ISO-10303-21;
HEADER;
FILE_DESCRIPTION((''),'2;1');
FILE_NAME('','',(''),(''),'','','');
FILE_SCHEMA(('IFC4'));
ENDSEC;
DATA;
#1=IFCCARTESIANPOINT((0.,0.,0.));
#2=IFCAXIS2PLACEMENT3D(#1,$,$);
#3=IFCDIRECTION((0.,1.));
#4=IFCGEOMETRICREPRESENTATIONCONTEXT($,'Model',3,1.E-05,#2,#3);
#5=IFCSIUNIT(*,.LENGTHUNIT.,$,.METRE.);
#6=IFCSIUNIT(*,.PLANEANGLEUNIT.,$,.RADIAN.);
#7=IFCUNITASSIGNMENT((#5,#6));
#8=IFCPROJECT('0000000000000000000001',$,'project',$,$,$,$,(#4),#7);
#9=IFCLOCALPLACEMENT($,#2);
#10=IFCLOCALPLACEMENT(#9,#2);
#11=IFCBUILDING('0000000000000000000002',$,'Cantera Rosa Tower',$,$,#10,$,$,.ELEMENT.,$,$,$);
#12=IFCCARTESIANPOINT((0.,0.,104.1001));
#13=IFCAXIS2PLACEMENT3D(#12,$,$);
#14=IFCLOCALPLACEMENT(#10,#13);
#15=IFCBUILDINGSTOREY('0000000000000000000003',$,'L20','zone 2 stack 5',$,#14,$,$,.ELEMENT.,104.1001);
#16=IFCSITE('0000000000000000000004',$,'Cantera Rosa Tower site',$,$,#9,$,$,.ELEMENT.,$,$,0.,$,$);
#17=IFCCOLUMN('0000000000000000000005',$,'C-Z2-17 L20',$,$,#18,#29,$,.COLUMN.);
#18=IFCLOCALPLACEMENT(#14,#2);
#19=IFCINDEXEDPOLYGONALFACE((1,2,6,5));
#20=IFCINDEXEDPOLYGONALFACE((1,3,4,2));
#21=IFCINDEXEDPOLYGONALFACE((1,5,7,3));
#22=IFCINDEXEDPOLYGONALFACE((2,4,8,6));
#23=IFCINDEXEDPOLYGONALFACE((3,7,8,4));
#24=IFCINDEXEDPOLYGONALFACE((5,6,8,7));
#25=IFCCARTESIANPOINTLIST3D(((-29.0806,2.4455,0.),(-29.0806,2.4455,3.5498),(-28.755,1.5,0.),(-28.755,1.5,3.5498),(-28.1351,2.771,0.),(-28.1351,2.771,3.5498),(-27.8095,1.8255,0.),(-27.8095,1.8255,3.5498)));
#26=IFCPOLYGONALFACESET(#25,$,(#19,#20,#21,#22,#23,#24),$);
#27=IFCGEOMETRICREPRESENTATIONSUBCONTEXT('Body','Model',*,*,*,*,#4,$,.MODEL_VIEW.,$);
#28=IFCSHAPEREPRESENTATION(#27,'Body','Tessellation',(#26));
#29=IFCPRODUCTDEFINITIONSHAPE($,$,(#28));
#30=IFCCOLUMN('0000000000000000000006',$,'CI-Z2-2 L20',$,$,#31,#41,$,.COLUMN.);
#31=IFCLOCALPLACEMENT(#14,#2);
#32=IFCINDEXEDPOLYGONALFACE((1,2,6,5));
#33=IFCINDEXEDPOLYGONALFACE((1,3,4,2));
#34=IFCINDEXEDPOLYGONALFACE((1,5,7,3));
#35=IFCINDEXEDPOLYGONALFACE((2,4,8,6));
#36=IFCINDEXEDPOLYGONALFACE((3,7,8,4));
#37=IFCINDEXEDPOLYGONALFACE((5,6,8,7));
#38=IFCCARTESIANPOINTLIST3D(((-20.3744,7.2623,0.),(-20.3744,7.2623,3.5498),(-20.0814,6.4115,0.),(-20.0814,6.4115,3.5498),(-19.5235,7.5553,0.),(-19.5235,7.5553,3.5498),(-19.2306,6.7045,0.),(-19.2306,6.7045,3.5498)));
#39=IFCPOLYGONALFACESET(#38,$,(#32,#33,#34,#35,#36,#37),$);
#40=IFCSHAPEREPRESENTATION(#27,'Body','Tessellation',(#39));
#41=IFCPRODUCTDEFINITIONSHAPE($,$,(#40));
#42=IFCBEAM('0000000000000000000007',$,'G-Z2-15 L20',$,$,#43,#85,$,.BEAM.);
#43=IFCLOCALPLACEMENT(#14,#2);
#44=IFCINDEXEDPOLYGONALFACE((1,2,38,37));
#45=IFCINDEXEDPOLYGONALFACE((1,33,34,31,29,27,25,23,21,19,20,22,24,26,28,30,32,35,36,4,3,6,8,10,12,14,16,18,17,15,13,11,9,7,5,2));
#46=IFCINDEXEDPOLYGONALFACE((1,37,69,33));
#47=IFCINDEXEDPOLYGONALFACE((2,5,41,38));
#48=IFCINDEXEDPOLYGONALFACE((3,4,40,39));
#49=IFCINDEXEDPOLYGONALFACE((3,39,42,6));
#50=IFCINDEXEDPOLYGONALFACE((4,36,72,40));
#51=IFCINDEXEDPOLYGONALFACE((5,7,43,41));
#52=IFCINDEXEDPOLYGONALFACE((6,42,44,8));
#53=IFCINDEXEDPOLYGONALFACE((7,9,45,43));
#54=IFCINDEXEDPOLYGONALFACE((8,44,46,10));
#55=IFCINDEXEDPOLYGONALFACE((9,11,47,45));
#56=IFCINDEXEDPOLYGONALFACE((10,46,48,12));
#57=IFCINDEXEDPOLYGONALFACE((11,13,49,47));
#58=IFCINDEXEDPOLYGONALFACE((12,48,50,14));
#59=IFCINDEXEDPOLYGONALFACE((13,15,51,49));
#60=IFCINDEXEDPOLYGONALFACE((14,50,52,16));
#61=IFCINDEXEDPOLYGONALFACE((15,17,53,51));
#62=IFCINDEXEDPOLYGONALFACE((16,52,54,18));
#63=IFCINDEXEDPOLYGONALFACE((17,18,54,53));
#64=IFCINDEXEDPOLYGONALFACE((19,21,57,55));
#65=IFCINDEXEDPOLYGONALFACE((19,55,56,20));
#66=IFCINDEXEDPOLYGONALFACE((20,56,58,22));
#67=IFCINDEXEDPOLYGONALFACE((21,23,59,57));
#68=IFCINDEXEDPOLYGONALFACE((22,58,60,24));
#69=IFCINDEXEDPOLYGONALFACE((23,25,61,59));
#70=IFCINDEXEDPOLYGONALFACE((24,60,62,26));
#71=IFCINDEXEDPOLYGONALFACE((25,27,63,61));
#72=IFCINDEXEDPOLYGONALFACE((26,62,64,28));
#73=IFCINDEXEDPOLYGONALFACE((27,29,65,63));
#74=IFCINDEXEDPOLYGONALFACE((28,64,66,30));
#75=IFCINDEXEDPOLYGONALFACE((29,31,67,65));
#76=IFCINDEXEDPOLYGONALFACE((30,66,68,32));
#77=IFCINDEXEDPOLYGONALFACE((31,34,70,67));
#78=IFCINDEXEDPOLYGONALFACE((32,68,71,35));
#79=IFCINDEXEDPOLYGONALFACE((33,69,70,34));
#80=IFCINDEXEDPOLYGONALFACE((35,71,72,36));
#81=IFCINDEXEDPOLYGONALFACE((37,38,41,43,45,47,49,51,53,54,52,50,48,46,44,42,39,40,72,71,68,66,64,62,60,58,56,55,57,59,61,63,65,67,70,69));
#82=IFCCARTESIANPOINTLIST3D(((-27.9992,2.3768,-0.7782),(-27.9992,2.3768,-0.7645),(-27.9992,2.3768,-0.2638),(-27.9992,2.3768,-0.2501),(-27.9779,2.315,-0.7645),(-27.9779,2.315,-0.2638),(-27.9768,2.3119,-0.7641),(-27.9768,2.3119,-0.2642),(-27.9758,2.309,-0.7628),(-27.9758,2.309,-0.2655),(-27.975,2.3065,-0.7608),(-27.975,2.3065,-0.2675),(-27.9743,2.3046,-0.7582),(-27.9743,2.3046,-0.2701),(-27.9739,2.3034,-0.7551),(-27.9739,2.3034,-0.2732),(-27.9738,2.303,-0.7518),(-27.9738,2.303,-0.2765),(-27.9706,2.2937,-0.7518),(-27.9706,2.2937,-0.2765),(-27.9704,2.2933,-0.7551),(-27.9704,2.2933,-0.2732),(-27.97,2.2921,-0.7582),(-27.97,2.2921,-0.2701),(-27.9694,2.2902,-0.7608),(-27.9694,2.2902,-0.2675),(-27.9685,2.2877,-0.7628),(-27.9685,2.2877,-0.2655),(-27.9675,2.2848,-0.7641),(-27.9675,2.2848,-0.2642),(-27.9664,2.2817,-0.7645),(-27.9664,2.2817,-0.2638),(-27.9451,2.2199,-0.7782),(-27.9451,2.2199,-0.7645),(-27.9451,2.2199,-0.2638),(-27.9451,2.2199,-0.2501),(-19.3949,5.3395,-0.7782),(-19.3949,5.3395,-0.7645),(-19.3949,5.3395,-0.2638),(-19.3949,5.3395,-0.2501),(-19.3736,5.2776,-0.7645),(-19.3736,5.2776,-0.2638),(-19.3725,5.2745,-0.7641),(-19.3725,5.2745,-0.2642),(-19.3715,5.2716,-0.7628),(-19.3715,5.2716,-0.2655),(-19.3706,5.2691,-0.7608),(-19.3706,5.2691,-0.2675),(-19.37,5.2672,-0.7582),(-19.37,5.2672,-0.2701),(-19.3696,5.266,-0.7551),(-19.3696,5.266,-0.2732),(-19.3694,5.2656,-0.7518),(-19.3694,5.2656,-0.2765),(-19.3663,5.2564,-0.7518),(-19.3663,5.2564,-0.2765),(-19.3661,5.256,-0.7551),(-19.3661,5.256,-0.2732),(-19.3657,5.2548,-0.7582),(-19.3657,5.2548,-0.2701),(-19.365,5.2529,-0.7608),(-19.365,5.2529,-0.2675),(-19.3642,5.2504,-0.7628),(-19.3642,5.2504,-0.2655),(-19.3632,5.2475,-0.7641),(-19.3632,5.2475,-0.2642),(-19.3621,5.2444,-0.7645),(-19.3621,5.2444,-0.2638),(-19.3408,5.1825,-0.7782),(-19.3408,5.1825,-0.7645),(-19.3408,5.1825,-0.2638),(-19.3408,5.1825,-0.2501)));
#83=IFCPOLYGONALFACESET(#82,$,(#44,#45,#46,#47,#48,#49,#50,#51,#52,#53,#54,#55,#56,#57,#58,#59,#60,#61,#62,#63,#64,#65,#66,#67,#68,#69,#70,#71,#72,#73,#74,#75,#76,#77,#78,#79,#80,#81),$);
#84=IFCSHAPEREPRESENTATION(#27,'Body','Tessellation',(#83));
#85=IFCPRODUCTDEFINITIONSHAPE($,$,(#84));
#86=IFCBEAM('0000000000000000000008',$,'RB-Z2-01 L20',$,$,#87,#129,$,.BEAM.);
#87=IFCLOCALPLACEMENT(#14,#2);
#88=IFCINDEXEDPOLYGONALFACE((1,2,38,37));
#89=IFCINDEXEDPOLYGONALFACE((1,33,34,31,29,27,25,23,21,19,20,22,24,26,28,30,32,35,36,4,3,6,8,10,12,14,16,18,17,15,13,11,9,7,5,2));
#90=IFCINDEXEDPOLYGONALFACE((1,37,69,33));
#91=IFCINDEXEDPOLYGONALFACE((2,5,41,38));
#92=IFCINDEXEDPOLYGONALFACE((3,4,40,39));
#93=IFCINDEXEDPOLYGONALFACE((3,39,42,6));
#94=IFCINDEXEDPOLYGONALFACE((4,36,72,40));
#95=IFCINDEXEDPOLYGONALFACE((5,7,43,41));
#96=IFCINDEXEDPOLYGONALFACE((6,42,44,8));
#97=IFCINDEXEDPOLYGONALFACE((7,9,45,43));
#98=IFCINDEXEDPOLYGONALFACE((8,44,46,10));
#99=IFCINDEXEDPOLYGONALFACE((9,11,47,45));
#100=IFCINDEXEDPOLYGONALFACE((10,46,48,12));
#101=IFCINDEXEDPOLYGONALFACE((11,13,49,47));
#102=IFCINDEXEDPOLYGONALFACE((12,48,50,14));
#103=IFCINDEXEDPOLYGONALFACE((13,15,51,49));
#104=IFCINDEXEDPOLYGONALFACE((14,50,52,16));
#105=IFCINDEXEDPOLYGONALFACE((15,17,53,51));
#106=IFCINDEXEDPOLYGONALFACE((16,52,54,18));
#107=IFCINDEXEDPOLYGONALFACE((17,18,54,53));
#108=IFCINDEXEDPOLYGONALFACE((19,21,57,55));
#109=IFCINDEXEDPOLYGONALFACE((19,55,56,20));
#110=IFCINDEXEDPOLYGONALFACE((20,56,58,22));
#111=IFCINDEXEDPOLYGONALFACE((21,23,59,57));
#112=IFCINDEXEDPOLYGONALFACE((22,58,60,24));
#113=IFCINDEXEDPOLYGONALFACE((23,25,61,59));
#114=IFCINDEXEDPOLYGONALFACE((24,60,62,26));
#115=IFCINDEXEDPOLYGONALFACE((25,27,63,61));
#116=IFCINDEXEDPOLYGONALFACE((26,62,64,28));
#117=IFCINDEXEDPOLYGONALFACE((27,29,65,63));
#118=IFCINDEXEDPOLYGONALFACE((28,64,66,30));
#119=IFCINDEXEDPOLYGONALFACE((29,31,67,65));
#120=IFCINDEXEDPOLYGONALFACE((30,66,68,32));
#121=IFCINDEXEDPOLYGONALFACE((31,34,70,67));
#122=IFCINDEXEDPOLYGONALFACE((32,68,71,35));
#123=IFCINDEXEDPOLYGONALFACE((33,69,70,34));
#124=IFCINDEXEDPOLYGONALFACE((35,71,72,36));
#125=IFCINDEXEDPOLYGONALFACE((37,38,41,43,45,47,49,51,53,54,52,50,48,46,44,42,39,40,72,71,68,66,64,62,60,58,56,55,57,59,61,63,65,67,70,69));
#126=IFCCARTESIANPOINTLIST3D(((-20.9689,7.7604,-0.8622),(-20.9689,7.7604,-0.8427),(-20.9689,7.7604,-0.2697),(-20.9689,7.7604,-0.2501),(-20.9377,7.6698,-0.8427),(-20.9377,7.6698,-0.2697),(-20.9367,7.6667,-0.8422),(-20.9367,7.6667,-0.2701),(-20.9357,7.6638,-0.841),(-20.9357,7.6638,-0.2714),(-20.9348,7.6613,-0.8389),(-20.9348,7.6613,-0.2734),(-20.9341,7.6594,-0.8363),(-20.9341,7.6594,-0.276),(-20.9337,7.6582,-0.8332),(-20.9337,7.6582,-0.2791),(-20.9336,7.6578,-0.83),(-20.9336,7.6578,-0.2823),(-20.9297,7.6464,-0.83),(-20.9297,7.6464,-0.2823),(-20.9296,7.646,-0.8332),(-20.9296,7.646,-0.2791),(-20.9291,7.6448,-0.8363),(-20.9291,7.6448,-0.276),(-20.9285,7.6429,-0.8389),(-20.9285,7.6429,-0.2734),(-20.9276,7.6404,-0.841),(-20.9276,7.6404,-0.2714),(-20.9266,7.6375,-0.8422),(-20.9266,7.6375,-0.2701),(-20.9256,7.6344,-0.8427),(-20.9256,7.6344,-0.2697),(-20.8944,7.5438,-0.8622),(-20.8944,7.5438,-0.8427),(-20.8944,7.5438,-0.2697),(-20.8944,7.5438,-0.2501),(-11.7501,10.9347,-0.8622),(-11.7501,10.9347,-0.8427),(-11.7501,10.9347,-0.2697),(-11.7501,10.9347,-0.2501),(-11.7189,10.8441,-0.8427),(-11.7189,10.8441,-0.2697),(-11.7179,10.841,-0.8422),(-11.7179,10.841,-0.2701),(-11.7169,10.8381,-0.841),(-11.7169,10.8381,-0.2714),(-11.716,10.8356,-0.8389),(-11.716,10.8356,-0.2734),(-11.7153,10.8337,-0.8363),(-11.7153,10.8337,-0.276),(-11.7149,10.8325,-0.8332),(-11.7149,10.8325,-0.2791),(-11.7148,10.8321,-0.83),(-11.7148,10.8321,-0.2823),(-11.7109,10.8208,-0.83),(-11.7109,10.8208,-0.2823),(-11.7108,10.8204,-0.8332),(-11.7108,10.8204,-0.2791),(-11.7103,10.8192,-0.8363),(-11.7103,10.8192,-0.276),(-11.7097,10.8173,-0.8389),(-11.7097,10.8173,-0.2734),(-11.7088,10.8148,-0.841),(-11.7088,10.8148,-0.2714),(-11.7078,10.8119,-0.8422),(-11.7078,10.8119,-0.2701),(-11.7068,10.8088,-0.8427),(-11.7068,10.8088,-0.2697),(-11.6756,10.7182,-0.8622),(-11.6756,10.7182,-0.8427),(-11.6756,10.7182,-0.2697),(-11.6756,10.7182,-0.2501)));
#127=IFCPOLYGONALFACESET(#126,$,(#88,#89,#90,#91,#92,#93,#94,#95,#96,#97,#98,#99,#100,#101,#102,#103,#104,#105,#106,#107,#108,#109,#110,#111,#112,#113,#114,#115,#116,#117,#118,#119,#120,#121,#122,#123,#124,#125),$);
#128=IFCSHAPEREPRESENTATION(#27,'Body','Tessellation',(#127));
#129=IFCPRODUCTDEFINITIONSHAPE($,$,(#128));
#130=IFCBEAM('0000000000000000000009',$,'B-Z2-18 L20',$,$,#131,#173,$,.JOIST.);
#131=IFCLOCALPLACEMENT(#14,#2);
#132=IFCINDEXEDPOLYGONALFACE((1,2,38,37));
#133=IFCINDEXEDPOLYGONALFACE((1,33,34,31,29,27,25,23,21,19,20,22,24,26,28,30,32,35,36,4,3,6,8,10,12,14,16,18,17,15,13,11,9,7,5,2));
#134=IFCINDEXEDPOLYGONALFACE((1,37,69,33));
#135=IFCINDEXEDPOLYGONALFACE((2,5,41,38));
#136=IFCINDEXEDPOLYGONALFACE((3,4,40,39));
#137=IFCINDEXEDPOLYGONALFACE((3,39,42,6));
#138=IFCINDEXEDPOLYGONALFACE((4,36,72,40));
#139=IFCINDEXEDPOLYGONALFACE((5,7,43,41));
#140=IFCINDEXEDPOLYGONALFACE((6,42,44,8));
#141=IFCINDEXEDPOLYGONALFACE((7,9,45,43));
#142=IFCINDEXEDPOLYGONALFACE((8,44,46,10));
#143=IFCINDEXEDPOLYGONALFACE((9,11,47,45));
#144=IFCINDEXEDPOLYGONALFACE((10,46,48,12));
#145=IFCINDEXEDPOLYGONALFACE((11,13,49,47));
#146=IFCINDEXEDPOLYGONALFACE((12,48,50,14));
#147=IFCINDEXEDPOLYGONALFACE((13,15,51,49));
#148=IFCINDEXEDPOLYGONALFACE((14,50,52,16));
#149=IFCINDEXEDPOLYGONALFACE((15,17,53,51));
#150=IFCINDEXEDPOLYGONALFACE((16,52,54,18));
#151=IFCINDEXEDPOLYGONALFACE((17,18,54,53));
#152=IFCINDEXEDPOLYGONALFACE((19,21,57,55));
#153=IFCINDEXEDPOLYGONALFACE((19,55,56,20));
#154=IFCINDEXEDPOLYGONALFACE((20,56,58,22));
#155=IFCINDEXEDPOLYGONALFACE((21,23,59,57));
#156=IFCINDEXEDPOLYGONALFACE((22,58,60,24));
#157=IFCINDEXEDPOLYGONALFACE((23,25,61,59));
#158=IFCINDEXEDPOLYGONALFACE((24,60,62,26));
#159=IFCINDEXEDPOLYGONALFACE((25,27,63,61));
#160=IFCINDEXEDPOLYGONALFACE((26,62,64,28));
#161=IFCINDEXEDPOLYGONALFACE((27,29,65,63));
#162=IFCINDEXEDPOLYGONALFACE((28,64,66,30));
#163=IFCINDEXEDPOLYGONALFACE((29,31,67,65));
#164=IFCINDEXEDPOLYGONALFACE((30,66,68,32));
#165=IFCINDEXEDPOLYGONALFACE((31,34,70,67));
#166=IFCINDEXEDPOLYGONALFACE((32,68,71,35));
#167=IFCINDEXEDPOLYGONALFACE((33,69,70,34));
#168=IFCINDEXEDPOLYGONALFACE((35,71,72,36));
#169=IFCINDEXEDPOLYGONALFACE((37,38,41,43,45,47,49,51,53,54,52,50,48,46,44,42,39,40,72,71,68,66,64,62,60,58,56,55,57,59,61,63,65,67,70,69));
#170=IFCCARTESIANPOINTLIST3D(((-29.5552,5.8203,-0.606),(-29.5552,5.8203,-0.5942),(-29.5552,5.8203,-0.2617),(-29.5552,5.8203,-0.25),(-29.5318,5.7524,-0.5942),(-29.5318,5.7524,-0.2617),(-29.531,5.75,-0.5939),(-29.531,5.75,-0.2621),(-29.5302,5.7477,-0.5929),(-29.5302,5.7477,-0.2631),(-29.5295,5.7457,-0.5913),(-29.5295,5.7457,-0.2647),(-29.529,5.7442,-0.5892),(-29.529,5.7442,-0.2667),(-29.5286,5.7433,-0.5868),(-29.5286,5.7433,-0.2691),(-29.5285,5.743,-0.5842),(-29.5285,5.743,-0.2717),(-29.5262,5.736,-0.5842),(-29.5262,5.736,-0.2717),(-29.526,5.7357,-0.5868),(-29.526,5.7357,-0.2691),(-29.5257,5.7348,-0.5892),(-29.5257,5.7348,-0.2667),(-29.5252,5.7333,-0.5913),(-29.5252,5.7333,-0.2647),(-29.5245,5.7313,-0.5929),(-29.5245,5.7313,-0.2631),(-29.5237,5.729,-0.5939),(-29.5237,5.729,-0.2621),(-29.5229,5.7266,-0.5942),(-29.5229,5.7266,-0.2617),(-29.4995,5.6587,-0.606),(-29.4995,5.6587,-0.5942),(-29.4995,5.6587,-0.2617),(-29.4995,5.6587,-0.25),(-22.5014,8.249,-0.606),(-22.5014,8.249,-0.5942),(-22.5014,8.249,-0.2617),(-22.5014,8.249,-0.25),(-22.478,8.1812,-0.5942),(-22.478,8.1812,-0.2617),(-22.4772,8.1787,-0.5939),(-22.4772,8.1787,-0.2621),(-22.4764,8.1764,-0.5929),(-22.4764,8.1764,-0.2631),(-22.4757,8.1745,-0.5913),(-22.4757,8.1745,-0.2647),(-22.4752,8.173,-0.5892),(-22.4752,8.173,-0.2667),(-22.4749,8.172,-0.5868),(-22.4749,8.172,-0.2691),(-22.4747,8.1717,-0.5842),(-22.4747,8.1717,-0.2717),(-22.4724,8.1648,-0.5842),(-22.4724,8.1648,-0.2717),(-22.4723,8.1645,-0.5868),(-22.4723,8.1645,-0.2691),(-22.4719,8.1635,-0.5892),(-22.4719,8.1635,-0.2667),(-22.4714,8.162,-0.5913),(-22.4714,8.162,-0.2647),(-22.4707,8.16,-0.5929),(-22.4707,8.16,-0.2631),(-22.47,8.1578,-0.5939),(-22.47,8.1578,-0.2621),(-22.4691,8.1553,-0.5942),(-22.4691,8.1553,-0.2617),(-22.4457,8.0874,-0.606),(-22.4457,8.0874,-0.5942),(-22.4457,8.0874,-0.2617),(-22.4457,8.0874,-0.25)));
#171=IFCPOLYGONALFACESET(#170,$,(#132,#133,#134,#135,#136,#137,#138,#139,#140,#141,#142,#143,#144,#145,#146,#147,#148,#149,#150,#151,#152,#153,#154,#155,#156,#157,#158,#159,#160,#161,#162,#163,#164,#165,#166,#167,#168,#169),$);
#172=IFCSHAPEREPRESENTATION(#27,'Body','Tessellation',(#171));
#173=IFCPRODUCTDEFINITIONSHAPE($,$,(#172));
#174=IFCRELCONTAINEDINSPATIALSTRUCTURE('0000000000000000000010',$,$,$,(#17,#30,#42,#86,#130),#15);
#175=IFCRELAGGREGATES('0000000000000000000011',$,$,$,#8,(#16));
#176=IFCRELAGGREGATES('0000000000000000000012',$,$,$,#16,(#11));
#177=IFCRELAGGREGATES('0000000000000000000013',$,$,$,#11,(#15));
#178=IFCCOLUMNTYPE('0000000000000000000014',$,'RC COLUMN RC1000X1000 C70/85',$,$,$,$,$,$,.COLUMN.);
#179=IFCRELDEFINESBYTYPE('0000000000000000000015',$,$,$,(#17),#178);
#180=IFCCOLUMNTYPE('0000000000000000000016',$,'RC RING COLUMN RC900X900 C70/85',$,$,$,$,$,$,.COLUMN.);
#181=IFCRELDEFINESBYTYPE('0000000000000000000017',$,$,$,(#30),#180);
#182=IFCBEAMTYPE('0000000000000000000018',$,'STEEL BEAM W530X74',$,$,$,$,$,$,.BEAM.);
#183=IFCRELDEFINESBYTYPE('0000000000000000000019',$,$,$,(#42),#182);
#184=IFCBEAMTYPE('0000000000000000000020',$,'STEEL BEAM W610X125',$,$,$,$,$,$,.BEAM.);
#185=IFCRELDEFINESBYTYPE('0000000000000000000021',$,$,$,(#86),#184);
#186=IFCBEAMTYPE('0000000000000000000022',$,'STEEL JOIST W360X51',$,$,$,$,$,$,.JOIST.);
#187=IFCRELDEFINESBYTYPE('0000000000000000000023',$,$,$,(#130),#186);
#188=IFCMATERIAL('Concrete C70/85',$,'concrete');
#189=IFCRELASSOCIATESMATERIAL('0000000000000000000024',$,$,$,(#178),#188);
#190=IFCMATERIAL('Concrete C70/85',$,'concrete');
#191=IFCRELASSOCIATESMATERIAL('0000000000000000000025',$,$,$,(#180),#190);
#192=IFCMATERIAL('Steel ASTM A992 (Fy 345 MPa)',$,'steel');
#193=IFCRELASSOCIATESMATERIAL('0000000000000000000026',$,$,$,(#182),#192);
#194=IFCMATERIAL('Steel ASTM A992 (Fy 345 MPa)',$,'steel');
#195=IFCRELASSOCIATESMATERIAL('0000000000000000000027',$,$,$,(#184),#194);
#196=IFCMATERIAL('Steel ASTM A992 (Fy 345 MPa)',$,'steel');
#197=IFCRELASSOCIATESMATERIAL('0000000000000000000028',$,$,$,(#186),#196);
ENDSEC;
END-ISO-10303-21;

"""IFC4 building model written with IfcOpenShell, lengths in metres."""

from ifc_helpers import new_model, si_unit, direction, frame, origin, origin_2d, place, context, subcontext, project, spatial, rectangle, i_section, extrude, material, material_profile, profile_set, type_object, element, save


model = new_model("IFC4")

# Units and contexts
model_context = context("Model", 3, precision=1e-05, world=origin(), true_north=direction((0.0, 1.0)))
body_context = subcontext(model_context, "Body", "Model", "MODEL_VIEW")
ifc_project = project(units=[si_unit("LENGTHUNIT", "METRE"), si_unit("PLANEANGLEUNIT", "RADIAN")], contexts=[model_context])

# Site, building, storey
site_placement = place(None, origin())
site = spatial("IfcSite", under=ifc_project, at=site_placement, Name="Cantera Rosa Tower site", CompositionType="ELEMENT", RefElevation=0.0)
building_placement = place(site_placement, origin())
building = spatial("IfcBuilding", under=site, at=building_placement, Name="Cantera Rosa Tower", CompositionType="ELEMENT")
storey_placement = place(building_placement, frame((0.0, 0.0, 104.1001)))
storey = spatial("IfcBuildingStorey", under=building, at=storey_placement, Name="L20", Description="zone 2 stack 5", CompositionType="ELEMENT", Elevation=104.1001)

# Columns
ifc_material_1 = material(Name="Concrete C70/85", Category="concrete")
ifc_material_profile_1 = material_profile(ifc_material_1, rectangle(XDim=1.0, YDim=1.0, at=origin_2d()), Name="RC COLUMN RC1000X1000 C70/85")
ifc_profile_set_1 = profile_set([ifc_material_profile_1], Name="Concrete C70/85")
column_type_1 = type_object("IfcColumnType", Name="RC COLUMN RC1000X1000 C70/85", PredefinedType="COLUMN", material=ifc_profile_set_1)
column_1_placement = place(storey_placement, frame((-28.4451, 2.1355, 0.0), z_axis=(0.0, 0.0, 1.0), x_axis=(0.945519, 0.325568, 0.0)))
element("IfcColumn", 1, at=column_1_placement, inside=storey, type_object=column_type_1, Name="C-Z2-17 L20", PredefinedType="COLUMN", context=body_context, shape_type="SweptSolid", body=[
    extrude(rectangle(XDim=1.0, YDim=1.0, at=origin_2d()), origin(), (0.0, 0.0, 1.0), 3.5498),
])
ifc_material_2 = material(Name="Concrete C70/85", Category="concrete")
ifc_material_profile_2 = material_profile(ifc_material_2, rectangle(XDim=0.8999, YDim=0.8999, at=origin_2d()), Name="RC RING COLUMN RC900X900 C70/85")
ifc_profile_set_2 = profile_set([ifc_material_profile_2], Name="Concrete C70/85")
column_type_2 = type_object("IfcColumnType", Name="RC RING COLUMN RC900X900 C70/85", PredefinedType="COLUMN", material=ifc_profile_set_2)
column_2_placement = place(storey_placement, frame((-19.8025, 6.9834, 0.0), z_axis=(0.0, 0.0, 1.0), x_axis=(0.945519, 0.325568, 0.0)))
element("IfcColumn", 2, at=column_2_placement, inside=storey, type_object=column_type_2, Name="CI-Z2-2 L20", PredefinedType="COLUMN", context=body_context, shape_type="SweptSolid", body=[
    extrude(rectangle(XDim=0.8999, YDim=0.8999, at=origin_2d()), origin(), (0.0, 0.0, 1.0), 3.5498),
])

# Beams
ifc_material_3 = material(Name="Steel ASTM A992 (Fy 345 MPa)", Category="steel")
ifc_material_profile_3 = material_profile(ifc_material_3, i_section(OverallWidth=0.166, OverallDepth=0.5281, WebThickness=0.0098, FlangeThickness=0.0137, FilletRadius=0.0127, at=origin_2d()), Name="W530X74")
ifc_profile_set_3 = profile_set([ifc_material_profile_3], Name="Steel ASTM A992 (Fy 345 MPa)")
beam_type_1 = type_object("IfcBeamType", Name="STEEL BEAM W530X74", PredefinedType="BEAM", material=ifc_profile_set_3)
beam_1_placement = place(storey_placement, frame((-27.9722, 2.2983, -0.5142), z_axis=(0.94552, 0.325565, 0.0), x_axis=(-0.325565, 0.94552, 0.0)))
element("IfcBeam", 3, at=beam_1_placement, inside=storey, type_object=beam_type_1, Name="G-Z2-15 L20", PredefinedType="BEAM", context=body_context, shape_type="SweptSolid", body=[
    extrude(i_section(OverallWidth=0.166, OverallDepth=0.5281, WebThickness=0.0098, FlangeThickness=0.0137, FilletRadius=0.0127, at=origin_2d()), origin(), (0.0, 0.0, 1.0), 9.1001),
])
ifc_material_4 = material(Name="Steel ASTM A992 (Fy 345 MPa)", Category="steel")
ifc_material_profile_4 = material_profile(ifc_material_4, i_section(OverallWidth=0.229, OverallDepth=0.6121, WebThickness=0.012, FlangeThickness=0.0195, FilletRadius=0.0127, at=origin_2d()), Name="W610X125")
ifc_profile_set_4 = profile_set([ifc_material_profile_4], Name="Steel ASTM A992 (Fy 345 MPa)")
beam_type_2 = type_object("IfcBeamType", Name="STEEL BEAM W610X125", PredefinedType="BEAM", material=ifc_profile_set_4)
beam_2_placement = place(storey_placement, frame((-20.9316, 7.6521, -0.5562), z_axis=(0.945517, 0.325572, 0.0), x_axis=(-0.325572, 0.945517, 0.0)))
element("IfcBeam", 4, at=beam_2_placement, inside=storey, type_object=beam_type_2, Name="RB-Z2-01 L20", PredefinedType="BEAM", context=body_context, shape_type="SweptSolid", body=[
    extrude(i_section(OverallWidth=0.229, OverallDepth=0.6121, WebThickness=0.012, FlangeThickness=0.0195, FilletRadius=0.0127, at=origin_2d()), origin(), (0.0, 0.0, 1.0), 9.75),
])
ifc_material_5 = material(Name="Steel ASTM A992 (Fy 345 MPa)", Category="steel")
ifc_material_profile_5 = material_profile(ifc_material_5, i_section(OverallWidth=0.1709, OverallDepth=0.356, WebThickness=0.0073, FlangeThickness=0.0117, FilletRadius=0.01, at=origin_2d()), Name="W360X51")
ifc_profile_set_5 = profile_set([ifc_material_profile_5], Name="Steel ASTM A992 (Fy 345 MPa)")
beam_type_3 = type_object("IfcBeamType", Name="STEEL JOIST W360X51", PredefinedType="JOIST", material=ifc_profile_set_5)
beam_3_placement = place(storey_placement, frame((-29.5273, 5.7395, -0.428), z_axis=(0.945522, 0.325559, 0.0), x_axis=(-0.325559, 0.945522, 0.0)))
element("IfcBeam", 5, at=beam_3_placement, inside=storey, type_object=beam_type_3, Name="B-Z2-18 L20", PredefinedType="JOIST", context=body_context, shape_type="SweptSolid", body=[
    extrude(i_section(OverallWidth=0.1709, OverallDepth=0.356, WebThickness=0.0073, FlangeThickness=0.0117, FilletRadius=0.01, at=origin_2d()), origin(), (0.0, 0.0, 1.0), 7.4602),
])

save(model, "model.ifc")
